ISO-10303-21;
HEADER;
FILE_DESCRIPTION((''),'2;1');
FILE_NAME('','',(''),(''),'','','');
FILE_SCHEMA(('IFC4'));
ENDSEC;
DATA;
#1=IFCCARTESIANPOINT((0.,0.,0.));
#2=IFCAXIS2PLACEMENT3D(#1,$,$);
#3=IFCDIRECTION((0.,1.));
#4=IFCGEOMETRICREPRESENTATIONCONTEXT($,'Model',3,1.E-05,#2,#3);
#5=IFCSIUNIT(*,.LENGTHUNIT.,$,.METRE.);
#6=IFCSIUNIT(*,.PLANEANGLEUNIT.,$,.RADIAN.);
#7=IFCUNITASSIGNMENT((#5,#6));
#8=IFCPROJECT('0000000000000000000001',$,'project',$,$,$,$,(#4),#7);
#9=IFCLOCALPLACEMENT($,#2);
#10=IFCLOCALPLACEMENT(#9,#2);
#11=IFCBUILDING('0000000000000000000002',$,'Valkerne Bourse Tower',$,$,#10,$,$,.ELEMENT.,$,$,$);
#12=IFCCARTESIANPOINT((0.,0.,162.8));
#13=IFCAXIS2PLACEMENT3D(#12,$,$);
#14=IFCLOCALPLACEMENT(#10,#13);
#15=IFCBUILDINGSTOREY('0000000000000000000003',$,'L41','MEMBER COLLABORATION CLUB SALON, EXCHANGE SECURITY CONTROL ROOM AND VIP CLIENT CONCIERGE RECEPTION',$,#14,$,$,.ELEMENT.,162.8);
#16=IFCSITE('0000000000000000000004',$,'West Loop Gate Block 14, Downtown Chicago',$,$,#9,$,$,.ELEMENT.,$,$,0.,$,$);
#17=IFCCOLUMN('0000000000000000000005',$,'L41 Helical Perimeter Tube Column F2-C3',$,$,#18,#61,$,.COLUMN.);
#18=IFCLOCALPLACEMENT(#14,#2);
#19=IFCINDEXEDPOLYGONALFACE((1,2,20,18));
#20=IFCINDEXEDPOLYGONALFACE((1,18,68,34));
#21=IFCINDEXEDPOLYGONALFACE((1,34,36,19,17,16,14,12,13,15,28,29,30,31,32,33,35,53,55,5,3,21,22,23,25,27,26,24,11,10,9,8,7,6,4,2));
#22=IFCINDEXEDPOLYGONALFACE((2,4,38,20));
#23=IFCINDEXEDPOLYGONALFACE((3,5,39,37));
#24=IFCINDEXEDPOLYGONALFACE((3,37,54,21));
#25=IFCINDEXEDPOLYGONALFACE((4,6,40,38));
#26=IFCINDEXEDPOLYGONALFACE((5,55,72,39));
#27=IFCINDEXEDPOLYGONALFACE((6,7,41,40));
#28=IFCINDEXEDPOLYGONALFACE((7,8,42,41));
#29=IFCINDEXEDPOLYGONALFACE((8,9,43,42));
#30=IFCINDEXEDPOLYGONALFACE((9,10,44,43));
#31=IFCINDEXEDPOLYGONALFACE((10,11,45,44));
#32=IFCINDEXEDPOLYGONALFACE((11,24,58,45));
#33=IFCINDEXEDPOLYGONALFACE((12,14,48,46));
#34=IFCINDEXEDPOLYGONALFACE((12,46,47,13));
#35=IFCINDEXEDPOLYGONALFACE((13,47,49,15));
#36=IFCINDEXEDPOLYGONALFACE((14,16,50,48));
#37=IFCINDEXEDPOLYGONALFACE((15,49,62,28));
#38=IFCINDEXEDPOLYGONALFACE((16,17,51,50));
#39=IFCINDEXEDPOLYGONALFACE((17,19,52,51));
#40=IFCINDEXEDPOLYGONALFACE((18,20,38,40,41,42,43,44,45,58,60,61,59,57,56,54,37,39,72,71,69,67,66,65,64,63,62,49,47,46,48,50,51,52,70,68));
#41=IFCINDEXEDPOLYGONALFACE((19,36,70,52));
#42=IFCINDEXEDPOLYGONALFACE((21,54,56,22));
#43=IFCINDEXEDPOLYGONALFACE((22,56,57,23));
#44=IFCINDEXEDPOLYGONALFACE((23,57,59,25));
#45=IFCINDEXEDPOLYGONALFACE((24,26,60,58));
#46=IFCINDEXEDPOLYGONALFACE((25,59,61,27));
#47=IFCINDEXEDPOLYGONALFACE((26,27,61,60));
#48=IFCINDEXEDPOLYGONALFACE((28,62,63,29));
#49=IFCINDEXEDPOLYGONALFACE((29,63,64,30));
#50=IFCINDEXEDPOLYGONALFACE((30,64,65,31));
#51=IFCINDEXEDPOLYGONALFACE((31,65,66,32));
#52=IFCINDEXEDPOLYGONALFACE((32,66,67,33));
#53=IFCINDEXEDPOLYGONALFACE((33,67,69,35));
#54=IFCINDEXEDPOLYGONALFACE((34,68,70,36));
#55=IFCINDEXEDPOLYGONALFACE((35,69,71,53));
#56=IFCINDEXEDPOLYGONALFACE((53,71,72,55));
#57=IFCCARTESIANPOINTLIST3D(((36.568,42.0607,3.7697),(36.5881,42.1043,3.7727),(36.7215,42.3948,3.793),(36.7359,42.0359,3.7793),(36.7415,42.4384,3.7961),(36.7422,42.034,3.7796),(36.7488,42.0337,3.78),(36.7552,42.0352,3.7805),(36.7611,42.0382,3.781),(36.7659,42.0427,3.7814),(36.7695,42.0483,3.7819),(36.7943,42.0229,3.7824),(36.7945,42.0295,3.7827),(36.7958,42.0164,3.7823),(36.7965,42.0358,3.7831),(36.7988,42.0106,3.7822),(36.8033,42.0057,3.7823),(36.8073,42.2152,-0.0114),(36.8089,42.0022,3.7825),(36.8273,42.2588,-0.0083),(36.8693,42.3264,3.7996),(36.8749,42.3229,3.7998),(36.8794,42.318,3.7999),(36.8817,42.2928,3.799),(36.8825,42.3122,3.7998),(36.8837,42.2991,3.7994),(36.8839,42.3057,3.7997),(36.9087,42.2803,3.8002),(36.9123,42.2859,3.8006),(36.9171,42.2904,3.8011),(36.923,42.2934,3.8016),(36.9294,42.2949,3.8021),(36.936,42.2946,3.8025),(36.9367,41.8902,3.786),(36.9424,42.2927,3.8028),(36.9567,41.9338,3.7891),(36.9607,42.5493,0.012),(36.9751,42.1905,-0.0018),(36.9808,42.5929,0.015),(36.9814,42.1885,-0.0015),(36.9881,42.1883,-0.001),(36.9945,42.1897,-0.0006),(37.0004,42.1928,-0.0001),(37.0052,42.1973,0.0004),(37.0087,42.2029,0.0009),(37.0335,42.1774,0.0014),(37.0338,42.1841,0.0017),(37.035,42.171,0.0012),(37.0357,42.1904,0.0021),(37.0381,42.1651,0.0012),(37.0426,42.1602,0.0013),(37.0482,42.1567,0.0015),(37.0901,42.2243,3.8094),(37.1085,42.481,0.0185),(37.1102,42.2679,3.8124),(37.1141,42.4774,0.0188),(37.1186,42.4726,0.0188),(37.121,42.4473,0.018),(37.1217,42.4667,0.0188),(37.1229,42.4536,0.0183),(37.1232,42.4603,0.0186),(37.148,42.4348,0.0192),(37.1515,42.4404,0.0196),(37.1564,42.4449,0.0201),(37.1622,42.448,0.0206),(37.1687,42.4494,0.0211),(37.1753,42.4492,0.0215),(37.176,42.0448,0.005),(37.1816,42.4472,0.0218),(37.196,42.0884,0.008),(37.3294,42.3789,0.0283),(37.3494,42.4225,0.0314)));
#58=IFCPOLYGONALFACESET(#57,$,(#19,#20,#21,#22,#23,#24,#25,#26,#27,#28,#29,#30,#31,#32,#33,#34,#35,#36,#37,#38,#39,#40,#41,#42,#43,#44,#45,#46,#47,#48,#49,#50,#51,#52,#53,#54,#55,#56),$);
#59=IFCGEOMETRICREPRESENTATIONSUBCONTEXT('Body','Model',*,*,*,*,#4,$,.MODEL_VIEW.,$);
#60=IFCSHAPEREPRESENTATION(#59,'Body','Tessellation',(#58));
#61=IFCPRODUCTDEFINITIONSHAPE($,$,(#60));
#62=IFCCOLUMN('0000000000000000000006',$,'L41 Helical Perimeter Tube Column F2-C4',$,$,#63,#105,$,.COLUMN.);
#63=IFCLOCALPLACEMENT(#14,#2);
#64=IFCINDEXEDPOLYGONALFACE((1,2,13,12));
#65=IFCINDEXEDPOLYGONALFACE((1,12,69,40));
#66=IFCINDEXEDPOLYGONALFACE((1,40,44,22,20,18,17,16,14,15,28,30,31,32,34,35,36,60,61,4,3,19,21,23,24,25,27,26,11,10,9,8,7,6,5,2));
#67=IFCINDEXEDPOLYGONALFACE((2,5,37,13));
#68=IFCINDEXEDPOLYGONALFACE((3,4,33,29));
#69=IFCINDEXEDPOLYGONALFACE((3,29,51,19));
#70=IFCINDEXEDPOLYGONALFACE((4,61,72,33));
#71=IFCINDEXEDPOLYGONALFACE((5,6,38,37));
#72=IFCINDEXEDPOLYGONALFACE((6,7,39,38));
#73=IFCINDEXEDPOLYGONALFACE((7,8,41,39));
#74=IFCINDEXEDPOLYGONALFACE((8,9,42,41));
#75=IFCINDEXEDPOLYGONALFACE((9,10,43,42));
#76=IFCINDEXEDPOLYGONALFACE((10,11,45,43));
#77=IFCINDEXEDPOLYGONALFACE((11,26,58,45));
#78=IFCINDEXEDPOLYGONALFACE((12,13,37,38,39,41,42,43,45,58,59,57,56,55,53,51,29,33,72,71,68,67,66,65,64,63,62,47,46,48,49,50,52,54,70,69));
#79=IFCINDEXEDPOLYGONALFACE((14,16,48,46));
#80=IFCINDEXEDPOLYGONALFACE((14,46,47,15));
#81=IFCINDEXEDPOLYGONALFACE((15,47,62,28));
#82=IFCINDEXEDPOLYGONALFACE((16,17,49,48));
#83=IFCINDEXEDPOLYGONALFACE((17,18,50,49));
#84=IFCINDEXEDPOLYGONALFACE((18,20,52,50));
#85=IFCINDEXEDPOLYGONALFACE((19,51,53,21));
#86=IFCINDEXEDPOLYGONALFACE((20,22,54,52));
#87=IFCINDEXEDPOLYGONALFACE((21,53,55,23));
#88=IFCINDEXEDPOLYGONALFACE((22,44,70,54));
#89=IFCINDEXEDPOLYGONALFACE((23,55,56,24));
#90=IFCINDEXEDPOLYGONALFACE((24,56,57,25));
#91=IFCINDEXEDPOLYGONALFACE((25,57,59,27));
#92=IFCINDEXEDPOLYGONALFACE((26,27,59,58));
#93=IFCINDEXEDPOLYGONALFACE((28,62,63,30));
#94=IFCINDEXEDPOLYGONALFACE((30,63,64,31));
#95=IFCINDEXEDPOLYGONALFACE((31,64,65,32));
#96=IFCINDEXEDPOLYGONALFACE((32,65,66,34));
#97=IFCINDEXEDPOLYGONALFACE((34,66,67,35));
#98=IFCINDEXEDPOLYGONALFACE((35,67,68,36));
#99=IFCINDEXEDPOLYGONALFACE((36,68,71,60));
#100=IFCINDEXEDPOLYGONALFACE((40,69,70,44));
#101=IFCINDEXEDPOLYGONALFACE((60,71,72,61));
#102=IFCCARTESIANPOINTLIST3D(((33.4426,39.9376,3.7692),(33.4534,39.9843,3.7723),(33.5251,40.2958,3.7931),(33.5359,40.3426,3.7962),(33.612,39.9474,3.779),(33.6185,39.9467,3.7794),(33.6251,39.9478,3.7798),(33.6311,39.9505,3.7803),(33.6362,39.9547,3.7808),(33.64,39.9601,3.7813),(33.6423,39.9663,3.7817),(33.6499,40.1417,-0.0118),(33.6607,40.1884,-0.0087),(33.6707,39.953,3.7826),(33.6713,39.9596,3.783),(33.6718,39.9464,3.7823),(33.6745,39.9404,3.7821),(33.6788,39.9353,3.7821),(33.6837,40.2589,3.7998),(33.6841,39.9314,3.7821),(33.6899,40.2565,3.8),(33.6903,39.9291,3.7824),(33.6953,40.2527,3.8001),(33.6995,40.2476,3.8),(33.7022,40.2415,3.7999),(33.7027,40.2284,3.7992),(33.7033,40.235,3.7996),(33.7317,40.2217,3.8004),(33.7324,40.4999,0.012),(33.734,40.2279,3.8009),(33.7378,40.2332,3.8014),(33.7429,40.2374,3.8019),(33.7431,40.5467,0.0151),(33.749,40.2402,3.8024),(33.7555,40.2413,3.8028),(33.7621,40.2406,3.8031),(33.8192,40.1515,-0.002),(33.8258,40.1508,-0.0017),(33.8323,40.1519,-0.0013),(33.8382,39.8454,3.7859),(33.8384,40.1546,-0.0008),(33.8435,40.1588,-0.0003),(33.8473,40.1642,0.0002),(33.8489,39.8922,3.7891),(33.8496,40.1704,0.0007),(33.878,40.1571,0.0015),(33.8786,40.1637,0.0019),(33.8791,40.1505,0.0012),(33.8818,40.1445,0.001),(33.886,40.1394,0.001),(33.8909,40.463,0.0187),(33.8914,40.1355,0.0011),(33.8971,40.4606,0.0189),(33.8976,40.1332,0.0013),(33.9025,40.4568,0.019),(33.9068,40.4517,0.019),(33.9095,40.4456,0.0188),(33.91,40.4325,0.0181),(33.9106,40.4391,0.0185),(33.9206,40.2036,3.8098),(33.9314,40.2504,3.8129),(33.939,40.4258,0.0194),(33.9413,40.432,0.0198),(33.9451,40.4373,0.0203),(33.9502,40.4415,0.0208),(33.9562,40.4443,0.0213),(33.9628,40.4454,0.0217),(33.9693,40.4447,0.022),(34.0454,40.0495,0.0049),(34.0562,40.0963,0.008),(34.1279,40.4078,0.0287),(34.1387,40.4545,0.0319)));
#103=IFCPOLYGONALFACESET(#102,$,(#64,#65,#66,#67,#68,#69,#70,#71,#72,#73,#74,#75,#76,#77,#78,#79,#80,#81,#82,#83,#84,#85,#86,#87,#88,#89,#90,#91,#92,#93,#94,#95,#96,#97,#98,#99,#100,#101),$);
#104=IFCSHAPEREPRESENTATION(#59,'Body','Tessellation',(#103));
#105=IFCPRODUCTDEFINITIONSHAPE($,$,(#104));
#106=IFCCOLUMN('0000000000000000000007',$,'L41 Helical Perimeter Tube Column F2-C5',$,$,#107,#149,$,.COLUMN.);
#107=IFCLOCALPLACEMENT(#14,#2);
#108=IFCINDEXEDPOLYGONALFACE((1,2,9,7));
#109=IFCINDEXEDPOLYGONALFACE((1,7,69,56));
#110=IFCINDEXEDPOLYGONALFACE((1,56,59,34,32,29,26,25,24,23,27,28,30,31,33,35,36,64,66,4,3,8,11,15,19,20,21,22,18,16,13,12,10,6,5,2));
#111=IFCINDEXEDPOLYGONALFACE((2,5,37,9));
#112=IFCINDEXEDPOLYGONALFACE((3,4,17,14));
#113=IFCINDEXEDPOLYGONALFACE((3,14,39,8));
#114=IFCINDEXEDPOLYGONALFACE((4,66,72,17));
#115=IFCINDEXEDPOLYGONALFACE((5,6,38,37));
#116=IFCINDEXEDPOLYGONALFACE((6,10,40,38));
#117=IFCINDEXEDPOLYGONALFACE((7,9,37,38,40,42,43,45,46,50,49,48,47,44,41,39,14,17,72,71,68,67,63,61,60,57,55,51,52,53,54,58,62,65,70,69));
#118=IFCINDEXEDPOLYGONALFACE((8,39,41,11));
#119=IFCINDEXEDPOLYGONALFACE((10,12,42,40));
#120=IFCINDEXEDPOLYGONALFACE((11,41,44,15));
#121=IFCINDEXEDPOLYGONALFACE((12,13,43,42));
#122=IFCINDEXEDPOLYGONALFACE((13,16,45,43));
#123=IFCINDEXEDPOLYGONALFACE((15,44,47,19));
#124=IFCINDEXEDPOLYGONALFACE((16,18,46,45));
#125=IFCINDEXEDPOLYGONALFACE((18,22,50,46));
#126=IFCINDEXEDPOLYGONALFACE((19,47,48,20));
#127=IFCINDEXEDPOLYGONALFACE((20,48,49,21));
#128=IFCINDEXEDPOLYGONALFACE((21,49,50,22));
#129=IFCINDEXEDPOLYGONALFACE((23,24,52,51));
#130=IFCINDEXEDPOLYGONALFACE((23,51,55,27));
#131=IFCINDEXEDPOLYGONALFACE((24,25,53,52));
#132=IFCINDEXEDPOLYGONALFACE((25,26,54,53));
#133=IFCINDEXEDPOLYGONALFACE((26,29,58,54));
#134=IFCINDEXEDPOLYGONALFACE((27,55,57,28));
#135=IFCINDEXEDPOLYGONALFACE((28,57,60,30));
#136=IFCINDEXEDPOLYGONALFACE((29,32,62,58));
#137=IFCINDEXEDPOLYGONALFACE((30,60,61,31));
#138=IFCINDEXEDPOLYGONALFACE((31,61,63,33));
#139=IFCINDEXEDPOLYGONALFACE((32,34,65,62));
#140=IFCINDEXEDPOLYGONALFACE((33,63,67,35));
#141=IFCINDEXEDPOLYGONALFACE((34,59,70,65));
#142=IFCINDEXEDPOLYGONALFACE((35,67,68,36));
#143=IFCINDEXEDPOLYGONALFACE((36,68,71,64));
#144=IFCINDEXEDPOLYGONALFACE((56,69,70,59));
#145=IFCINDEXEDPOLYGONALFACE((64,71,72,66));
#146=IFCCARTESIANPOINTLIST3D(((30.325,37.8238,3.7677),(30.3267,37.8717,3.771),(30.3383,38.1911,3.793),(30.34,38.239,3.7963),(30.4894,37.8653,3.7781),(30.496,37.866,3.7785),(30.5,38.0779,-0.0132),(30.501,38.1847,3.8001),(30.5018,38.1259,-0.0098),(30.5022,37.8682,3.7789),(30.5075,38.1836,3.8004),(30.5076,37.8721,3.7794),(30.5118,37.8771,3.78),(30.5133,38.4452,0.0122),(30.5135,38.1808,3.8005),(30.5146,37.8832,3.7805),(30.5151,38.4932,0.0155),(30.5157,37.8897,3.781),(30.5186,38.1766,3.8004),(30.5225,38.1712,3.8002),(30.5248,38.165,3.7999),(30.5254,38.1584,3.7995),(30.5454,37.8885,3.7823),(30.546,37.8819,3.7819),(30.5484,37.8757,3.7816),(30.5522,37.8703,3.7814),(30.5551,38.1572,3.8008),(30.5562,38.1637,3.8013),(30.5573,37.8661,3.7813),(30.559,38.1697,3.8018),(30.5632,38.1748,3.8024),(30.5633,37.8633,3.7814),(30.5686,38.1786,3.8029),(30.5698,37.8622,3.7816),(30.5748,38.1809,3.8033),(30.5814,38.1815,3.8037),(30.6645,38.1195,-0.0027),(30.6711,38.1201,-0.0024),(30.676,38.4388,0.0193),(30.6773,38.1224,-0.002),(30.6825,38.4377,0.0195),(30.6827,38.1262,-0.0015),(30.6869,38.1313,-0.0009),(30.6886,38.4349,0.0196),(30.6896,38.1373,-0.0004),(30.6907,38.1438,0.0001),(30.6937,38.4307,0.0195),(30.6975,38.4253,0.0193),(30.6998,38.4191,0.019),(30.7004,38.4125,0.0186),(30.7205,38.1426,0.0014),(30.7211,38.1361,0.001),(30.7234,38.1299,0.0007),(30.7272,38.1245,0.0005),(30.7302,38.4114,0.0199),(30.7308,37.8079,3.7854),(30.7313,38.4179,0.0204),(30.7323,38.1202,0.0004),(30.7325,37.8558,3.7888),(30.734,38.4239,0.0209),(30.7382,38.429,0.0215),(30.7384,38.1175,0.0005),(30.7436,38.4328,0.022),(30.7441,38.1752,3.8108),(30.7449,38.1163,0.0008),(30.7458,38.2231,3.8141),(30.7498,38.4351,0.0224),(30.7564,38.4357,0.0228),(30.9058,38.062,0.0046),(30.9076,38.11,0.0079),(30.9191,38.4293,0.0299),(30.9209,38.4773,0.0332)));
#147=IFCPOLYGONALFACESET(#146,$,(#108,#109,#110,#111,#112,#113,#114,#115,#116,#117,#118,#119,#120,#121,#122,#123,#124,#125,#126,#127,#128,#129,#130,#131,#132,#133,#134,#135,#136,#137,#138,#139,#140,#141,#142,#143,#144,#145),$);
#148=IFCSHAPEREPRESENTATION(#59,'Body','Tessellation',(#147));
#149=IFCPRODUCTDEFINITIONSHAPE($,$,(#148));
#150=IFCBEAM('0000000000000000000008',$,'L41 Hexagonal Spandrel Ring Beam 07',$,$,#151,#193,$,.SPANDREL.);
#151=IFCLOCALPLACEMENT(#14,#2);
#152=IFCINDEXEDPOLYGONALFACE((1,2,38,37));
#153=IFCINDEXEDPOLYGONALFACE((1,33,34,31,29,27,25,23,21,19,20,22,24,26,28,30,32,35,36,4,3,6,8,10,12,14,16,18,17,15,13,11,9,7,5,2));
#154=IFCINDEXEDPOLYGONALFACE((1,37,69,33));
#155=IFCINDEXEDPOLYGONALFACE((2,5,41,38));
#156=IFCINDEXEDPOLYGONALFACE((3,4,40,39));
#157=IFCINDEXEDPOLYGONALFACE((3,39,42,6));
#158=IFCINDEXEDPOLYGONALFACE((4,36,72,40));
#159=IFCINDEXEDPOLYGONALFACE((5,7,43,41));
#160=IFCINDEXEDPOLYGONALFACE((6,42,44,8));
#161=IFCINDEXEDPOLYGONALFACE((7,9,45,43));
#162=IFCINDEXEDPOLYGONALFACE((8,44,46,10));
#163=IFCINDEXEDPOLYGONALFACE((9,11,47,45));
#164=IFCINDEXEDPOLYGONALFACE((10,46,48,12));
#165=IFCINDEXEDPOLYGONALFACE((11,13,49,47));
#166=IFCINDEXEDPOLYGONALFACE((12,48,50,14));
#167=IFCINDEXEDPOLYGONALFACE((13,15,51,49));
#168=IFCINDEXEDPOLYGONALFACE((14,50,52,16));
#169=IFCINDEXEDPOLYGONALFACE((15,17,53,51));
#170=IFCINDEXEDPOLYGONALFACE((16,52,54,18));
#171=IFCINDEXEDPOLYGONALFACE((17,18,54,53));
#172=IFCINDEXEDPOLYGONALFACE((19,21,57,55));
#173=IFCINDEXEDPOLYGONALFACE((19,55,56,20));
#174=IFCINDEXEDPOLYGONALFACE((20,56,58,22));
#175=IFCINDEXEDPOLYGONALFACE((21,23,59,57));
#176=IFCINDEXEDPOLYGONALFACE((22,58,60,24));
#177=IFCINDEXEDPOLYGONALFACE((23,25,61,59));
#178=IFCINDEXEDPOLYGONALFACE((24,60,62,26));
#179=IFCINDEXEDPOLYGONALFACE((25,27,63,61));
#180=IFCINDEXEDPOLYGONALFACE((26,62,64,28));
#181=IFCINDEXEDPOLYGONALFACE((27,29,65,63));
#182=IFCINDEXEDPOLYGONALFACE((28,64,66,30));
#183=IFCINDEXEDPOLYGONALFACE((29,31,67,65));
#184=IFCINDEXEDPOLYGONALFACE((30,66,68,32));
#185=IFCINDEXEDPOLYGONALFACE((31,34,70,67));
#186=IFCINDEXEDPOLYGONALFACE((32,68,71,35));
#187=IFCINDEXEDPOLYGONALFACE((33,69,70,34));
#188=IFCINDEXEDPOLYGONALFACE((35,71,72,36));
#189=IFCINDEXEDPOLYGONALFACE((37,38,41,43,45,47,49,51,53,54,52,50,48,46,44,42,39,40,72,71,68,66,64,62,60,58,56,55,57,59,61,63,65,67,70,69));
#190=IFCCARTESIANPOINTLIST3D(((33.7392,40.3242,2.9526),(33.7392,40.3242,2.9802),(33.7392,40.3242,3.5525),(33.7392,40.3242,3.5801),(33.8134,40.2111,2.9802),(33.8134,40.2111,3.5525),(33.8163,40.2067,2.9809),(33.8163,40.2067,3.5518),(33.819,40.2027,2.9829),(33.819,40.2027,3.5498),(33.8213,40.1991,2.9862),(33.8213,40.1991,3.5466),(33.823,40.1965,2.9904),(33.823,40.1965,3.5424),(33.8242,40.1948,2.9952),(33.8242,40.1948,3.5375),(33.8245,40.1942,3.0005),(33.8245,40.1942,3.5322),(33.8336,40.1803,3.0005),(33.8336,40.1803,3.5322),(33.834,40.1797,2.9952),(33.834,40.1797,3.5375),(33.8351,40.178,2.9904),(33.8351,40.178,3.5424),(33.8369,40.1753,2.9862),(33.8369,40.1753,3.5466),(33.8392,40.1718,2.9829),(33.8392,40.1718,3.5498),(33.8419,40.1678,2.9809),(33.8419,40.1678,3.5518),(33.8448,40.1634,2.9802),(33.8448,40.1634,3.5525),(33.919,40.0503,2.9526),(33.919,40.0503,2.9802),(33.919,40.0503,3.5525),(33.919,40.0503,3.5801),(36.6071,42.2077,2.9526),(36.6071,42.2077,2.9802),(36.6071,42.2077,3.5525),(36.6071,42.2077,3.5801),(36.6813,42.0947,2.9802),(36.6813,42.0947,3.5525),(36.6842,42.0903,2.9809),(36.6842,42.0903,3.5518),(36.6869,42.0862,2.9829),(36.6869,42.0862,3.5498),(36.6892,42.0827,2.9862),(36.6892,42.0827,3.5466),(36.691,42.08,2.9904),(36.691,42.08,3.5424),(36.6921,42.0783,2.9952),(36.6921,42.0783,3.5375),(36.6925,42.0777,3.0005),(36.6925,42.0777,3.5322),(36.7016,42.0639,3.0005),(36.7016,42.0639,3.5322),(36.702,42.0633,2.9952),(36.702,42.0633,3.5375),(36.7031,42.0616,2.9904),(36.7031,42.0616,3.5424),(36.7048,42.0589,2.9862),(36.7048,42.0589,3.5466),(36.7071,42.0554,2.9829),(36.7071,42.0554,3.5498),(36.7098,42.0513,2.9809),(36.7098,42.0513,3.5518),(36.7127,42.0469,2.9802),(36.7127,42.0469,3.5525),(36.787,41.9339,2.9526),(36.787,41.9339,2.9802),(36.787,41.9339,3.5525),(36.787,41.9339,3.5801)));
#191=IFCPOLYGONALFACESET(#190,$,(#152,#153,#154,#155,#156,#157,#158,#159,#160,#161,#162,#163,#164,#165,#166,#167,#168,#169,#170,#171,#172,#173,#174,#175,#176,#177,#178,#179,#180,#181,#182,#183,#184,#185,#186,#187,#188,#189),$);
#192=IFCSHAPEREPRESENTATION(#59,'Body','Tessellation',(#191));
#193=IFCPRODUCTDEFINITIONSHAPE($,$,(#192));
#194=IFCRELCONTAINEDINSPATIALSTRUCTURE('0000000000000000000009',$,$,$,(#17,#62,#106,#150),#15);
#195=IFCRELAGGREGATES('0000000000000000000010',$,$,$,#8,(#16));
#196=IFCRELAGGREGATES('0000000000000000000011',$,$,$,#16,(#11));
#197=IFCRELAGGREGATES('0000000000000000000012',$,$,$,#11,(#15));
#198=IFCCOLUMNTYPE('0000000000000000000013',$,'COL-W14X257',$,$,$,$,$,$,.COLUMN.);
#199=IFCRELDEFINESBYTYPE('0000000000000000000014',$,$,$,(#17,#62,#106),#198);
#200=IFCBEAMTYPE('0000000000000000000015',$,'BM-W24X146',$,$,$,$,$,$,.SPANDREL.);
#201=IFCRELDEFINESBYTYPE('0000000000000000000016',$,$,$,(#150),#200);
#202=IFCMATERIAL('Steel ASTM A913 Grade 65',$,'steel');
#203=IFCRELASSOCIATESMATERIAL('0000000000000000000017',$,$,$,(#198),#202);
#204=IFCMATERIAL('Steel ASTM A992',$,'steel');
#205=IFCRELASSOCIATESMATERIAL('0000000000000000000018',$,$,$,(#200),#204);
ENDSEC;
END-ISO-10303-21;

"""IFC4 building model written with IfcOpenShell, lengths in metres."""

from ifc_helpers import new_model, si_unit, direction, frame, origin, origin_2d, place, context, subcontext, project, spatial, i_section, extrude, material, material_profile, profile_set, type_object, element, save


model = new_model("IFC4")

# Units and contexts
model_context = context("Model", 3, precision=1e-05, world=origin(), true_north=direction((0.0, 1.0)))
body_context = subcontext(model_context, "Body", "Model", "MODEL_VIEW")
ifc_project = project(units=[si_unit("LENGTHUNIT", "METRE"), si_unit("PLANEANGLEUNIT", "RADIAN")], contexts=[model_context])

# Site, building, storey
site_placement = place(None, origin())
site = spatial("IfcSite", under=ifc_project, at=site_placement, Name="West Loop Gate Block 14, Downtown Chicago", CompositionType="ELEMENT", RefElevation=0.0)
building_placement = place(site_placement, origin())
building = spatial("IfcBuilding", under=site, at=building_placement, Name="Valkerne Bourse Tower", CompositionType="ELEMENT")
storey_placement = place(building_placement, frame((0.0, 0.0, 162.8)))
storey = spatial("IfcBuildingStorey", under=building, at=storey_placement, Name="L41", Description="MEMBER COLLABORATION CLUB SALON, EXCHANGE SECURITY CONTROL ROOM AND VIP CLIENT CONCIERGE RECEPTION", CompositionType="ELEMENT", Elevation=162.8)

# Columns
ifc_material_1 = material(Name="Steel ASTM A913 Grade 65", Category="steel")
ifc_material_profile_1 = material_profile(ifc_material_1, i_section(OverallWidth=0.4065, OverallDepth=0.4165, WebThickness=0.0298, FlangeThickness=0.0481, FilletRadius=0.0254, at=origin_2d()), Name="W14X257")
ifc_profile_set_1 = profile_set([ifc_material_profile_1], Name="Steel ASTM A913 Grade 65")
column_type = type_object("IfcColumnType", Name="COL-W14X257", PredefinedType="COLUMN", material=ifc_profile_set_1)
column_1_placement = place(storey_placement, frame((37.0784, 42.3188, 0.01), z_axis=(-0.0631, -0.040758, 0.997175), x_axis=(-0.906938, 0.419336, -0.040251)))
element("IfcColumn", 1, at=column_1_placement, inside=storey, type_object=column_type, Name="L41 Helical Perimeter Tube Column F2-C3", PredefinedType="COLUMN", context=body_context, shape_type="SweptSolid", body=[
    extrude(i_section(OverallWidth=0.4065, OverallDepth=0.4165, WebThickness=0.0298, FlangeThickness=0.0481, FilletRadius=0.0254, at=origin_2d()), origin(), (0.0, 0.0, 1.0), 3.7917),
])
column_2_placement = place(storey_placement, frame((33.8943, 40.2981, 0.01), z_axis=(-0.054659, -0.053822, 0.997053), x_axis=(-0.97308, 0.226774, -0.041103)))
element("IfcColumn", 2, at=column_2_placement, inside=storey, type_object=column_type, Name="L41 Helical Perimeter Tube Column F2-C4", PredefinedType="COLUMN", context=body_context, shape_type="SweptSolid", body=[
    extrude(i_section(OverallWidth=0.4065, OverallDepth=0.4165, WebThickness=0.0298, FlangeThickness=0.0481, FilletRadius=0.0254, at=origin_2d()), origin(), (0.0, 0.0, 1.0), 3.7922),
])
column_3_placement = place(storey_placement, frame((30.7104, 38.2776, 0.01), z_axis=(-0.046143, -0.066995, 0.996686), x_axis=(-0.998284, 0.03911, -0.043589)))
element("IfcColumn", 3, at=column_3_placement, inside=storey, type_object=column_type, Name="L41 Helical Perimeter Tube Column F2-C5", PredefinedType="COLUMN", context=body_context, shape_type="SweptSolid", body=[
    extrude(i_section(OverallWidth=0.4065, OverallDepth=0.4165, WebThickness=0.0298, FlangeThickness=0.0481, FilletRadius=0.0254, at=origin_2d()), origin(), (0.0, 0.0, 1.0), 3.7935),
])

# Beam
ifc_material_2 = material(Name="Steel ASTM A992", Category="steel")
ifc_material_profile_2 = material_profile(ifc_material_2, i_section(OverallWidth=0.3276, OverallDepth=0.6274, WebThickness=0.0166, FlangeThickness=0.0276, FilletRadius=0.0203, at=origin_2d()), Name="W24X146")
ifc_profile_set_2 = profile_set([ifc_material_profile_2], Name="Steel ASTM A992")
beam_type_1 = type_object("IfcBeamType", Name="BM-W24X146", PredefinedType="SPANDREL", material=ifc_profile_set_2)
beam_1_placement = place(storey_placement, frame((36.697, 42.0708, 3.2664), z_axis=(-0.835851, -0.548956, 0.0), x_axis=(0.548956, -0.835851, 0.0)))
element("IfcBeam", 4, at=beam_1_placement, inside=storey, type_object=beam_type_1, Name="L41 Hexagonal Spandrel Ring Beam 07", PredefinedType="SPANDREL", context=body_context, shape_type="SweptSolid", body=[
    extrude(i_section(OverallWidth=0.3276, OverallDepth=0.6274, WebThickness=0.0166, FlangeThickness=0.0276, FilletRadius=0.0203, at=origin_2d()), origin(), (0.0, 0.0, 1.0), 3.4312),
])

save(model, "model.ifc")
